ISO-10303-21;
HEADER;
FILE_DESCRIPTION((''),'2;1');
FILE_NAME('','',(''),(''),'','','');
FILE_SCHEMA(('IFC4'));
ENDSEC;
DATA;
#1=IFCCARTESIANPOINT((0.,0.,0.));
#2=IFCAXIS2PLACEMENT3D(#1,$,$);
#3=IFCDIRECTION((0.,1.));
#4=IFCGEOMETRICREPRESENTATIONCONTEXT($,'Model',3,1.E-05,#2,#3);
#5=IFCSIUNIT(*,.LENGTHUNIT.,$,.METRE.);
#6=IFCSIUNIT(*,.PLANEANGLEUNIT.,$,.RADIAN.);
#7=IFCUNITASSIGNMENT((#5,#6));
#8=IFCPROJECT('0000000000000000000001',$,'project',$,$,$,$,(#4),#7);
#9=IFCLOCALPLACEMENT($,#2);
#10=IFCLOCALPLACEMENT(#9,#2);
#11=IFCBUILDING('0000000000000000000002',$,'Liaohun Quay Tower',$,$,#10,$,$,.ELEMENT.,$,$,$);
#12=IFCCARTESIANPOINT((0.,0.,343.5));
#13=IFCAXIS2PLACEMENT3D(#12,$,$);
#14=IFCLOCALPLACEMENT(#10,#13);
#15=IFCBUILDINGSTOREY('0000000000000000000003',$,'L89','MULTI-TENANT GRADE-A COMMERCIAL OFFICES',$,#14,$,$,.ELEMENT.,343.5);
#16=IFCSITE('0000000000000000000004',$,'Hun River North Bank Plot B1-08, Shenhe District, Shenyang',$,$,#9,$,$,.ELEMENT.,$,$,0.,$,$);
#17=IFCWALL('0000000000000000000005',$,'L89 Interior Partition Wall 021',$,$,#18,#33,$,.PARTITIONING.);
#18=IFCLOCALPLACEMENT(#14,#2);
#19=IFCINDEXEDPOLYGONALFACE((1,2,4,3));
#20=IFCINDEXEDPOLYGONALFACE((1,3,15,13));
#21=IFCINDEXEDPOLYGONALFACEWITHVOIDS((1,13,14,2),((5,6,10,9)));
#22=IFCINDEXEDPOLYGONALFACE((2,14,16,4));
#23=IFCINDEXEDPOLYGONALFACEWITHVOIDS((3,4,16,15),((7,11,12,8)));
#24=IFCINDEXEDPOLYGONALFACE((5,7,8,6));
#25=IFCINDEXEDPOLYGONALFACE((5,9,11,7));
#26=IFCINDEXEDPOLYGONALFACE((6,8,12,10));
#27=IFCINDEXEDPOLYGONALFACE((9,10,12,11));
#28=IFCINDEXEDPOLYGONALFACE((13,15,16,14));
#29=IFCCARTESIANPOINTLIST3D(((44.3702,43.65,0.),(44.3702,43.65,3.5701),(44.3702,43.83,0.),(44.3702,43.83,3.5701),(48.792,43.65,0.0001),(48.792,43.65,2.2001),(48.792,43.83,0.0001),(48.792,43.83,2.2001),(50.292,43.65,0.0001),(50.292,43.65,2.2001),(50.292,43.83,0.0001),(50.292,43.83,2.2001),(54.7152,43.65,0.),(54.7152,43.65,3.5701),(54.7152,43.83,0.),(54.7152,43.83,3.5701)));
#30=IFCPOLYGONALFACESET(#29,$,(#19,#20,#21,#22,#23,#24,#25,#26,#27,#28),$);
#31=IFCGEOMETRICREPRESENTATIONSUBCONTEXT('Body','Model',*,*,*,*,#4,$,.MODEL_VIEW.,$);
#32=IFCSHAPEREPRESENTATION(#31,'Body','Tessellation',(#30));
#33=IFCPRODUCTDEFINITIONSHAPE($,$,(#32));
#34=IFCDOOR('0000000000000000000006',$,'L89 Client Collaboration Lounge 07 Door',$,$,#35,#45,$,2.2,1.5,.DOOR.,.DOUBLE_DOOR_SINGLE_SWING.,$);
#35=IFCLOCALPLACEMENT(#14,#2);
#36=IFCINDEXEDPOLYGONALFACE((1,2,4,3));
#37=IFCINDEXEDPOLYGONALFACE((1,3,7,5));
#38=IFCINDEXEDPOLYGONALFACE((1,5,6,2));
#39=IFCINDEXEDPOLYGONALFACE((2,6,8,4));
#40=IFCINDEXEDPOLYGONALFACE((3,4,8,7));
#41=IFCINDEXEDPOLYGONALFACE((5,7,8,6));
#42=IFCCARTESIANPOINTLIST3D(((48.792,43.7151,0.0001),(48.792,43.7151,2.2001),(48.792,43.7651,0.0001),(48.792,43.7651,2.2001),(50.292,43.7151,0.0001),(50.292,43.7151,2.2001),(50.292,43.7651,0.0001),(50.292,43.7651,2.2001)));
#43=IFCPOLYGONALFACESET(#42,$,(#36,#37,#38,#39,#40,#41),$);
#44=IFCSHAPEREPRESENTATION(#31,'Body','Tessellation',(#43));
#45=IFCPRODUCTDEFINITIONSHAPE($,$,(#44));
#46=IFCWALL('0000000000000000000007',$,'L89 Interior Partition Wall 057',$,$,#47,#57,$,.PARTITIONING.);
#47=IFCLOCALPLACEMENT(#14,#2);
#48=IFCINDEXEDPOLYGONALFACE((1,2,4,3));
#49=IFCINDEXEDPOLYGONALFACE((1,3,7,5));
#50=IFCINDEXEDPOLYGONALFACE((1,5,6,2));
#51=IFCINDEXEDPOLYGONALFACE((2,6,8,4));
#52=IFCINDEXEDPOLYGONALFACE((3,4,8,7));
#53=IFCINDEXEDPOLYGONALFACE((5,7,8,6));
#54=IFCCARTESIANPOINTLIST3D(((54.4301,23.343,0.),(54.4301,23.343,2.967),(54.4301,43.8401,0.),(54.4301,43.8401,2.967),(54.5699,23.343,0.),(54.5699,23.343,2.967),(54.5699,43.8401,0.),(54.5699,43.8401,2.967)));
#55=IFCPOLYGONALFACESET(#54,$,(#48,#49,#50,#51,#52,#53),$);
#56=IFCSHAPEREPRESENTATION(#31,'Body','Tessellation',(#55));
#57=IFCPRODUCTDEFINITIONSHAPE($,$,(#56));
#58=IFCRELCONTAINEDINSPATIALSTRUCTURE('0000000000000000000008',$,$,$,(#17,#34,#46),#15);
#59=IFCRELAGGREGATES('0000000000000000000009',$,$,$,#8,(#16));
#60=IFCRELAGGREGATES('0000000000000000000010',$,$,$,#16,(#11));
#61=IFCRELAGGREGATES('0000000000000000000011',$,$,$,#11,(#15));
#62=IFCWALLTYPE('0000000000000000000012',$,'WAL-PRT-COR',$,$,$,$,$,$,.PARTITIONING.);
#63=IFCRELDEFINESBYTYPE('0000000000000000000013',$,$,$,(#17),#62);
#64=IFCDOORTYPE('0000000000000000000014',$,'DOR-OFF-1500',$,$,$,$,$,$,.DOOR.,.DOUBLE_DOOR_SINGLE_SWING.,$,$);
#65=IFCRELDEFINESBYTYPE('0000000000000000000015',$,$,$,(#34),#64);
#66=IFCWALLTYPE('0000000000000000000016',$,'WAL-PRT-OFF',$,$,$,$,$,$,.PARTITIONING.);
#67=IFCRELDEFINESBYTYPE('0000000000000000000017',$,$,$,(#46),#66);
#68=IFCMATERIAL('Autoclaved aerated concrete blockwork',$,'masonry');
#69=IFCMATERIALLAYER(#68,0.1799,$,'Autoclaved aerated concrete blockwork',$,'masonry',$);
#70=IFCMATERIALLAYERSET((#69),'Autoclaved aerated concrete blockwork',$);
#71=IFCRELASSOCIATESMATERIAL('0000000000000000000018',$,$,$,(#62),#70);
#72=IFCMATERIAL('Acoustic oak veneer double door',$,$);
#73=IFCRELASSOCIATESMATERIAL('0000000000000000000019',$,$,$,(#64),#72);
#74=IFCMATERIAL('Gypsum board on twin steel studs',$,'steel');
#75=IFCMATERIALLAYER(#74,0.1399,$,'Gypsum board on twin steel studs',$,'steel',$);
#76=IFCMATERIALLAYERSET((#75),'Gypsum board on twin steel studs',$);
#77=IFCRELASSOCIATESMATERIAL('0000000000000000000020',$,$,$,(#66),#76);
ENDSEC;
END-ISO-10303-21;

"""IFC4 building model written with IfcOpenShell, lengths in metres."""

from ifc_helpers import new_model, si_unit, direction, frame, frame_2d, origin, place, context, subcontext, project, spatial, rectangle, extrude, source, transform, mapped, material, layer, layer_set, type_object, element, fill, save


model = new_model("IFC4")

# Units and contexts
model_context = context("Model", 3, precision=1e-05, world=origin(), true_north=direction((0.0, 1.0)))
body_context = subcontext(model_context, "Body", "Model", "MODEL_VIEW")
ifc_project = project(units=[si_unit("LENGTHUNIT", "METRE"), si_unit("PLANEANGLEUNIT", "RADIAN")], contexts=[model_context])

# Site, building, storey
site_placement = place(None, origin())
site = spatial("IfcSite", under=ifc_project, at=site_placement, Name="Hun River North Bank Plot B1-08, Shenhe District, Shenyang", CompositionType="ELEMENT", RefElevation=0.0)
building_placement = place(site_placement, origin())
building = spatial("IfcBuilding", under=site, at=building_placement, Name="Liaohun Quay Tower", CompositionType="ELEMENT")
storey_placement = place(building_placement, frame((0.0, 0.0, 343.5)))
storey = spatial("IfcBuildingStorey", under=building, at=storey_placement, Name="L89", Description="MULTI-TENANT GRADE-A COMMERCIAL OFFICES", CompositionType="ELEMENT", Elevation=343.5)

# Wall, opening, door
ifc_material_1 = material(Name="Autoclaved aerated concrete blockwork", Category="masonry")
ifc_layer_1 = layer(ifc_material_1, 0.1799, Name="Autoclaved aerated concrete blockwork", Category="masonry")
ifc_layer_set_1 = layer_set([ifc_layer_1], Name="Autoclaved aerated concrete blockwork")
wall_type_1 = type_object("IfcWallType", Name="WAL-PRT-COR", PredefinedType="PARTITIONING", material=ifc_layer_set_1)
wall_1_placement = place(storey_placement, frame((54.7151, 43.74, 0.0), z_axis=(0.0, 0.0, 1.0), x_axis=(-1.0, 0.0, 0.0)))
wall_1 = element("IfcWall", 1, at=wall_1_placement, inside=storey, type_object=wall_type_1, Name="L89 Interior Partition Wall 021", PredefinedType="PARTITIONING", context=body_context, shape_type="SweptSolid", body=[
    extrude(rectangle(XDim=10.345, YDim=0.1799, at=frame_2d((5.1724, 0.0))), origin(), (0.0, 0.0, 1.0), 3.5701),
])
shared_shape_1 = source(origin(), body_context, "Body", "SweptSolid", [
    extrude(rectangle(XDim=1.5, YDim=2.2, at=frame_2d((0.75, 1.1001))), frame((0.0, 0.0999, 0.0), z_axis=(0.0, -1.0, 0.0), x_axis=(1.0, 0.0, 0.0)), (0.0, 0.0, 1.0), 0.2),
])
opening_1_placement = place(wall_1_placement, frame((4.4231, 0.0, 0.0)))
opening_1 = element("IfcOpeningElement", 2, at=opening_1_placement, cuts=wall_1, PredefinedType="OPENING", context=body_context, shape_type="MappedRepresentation", body=[
    mapped(shared_shape_1, transform((0.0, 0.0, 0.0), x_axis=(1.0, 0.0, 0.0), y_axis=(0.0, 1.0, 0.0), z_axis=(0.0, 0.0, 1.0), scale=1.0)),
])
ifc_material_2 = material(Name="Acoustic oak veneer double door")
door_type_1 = type_object("IfcDoorType", Name="DOR-OFF-1500", OperationType="DOUBLE_DOOR_SINGLE_SWING", PredefinedType="DOOR", material=ifc_material_2)
shared_shape_2 = source(origin(), body_context, "Body", "SweptSolid", [
    extrude(rectangle(XDim=1.5, YDim=2.2, at=frame_2d((0.75, 1.1001))), frame((0.0, 0.0249, 0.0), z_axis=(0.0, -1.0, 0.0), x_axis=(1.0, 0.0, 0.0)), (0.0, 0.0, 1.0), 0.05),
])
door_1_placement = place(opening_1_placement, origin())
door_1 = element("IfcDoor", 3, at=door_1_placement, inside=storey, type_object=door_type_1, Name="L89 Client Collaboration Lounge 07 Door", OperationType="DOUBLE_DOOR_SINGLE_SWING", OverallHeight=2.2, OverallWidth=1.5, PredefinedType="DOOR", context=body_context, shape_type="MappedRepresentation", body=[
    mapped(shared_shape_2, transform((0.0, 0.0, 0.0), x_axis=(1.0, 0.0, 0.0), y_axis=(0.0, 1.0, 0.0), z_axis=(0.0, 0.0, 1.0), scale=1.0)),
])
fill(opening_1, door_1)

# Wall
ifc_material_3 = material(Name="Gypsum board on twin steel studs", Category="steel")
ifc_layer_2 = layer(ifc_material_3, 0.1399, Name="Gypsum board on twin steel studs", Category="steel")
ifc_layer_set_2 = layer_set([ifc_layer_2], Name="Gypsum board on twin steel studs")
wall_type_2 = type_object("IfcWallType", Name="WAL-PRT-OFF", PredefinedType="PARTITIONING", material=ifc_layer_set_2)
wall_2_placement = place(storey_placement, frame((54.5, 43.8401, 0.0), z_axis=(0.0, 0.0, 1.0), x_axis=(0.0, -1.0, 0.0)))
element("IfcWall", 4, at=wall_2_placement, inside=storey, type_object=wall_type_2, Name="L89 Interior Partition Wall 057", PredefinedType="PARTITIONING", context=body_context, shape_type="SweptSolid", body=[
    extrude(rectangle(XDim=20.4971, YDim=0.1399, at=frame_2d((10.2485, 0.0))), origin(), (0.0, 0.0, 1.0), 2.967),
])

save(model, "model.ifc")
